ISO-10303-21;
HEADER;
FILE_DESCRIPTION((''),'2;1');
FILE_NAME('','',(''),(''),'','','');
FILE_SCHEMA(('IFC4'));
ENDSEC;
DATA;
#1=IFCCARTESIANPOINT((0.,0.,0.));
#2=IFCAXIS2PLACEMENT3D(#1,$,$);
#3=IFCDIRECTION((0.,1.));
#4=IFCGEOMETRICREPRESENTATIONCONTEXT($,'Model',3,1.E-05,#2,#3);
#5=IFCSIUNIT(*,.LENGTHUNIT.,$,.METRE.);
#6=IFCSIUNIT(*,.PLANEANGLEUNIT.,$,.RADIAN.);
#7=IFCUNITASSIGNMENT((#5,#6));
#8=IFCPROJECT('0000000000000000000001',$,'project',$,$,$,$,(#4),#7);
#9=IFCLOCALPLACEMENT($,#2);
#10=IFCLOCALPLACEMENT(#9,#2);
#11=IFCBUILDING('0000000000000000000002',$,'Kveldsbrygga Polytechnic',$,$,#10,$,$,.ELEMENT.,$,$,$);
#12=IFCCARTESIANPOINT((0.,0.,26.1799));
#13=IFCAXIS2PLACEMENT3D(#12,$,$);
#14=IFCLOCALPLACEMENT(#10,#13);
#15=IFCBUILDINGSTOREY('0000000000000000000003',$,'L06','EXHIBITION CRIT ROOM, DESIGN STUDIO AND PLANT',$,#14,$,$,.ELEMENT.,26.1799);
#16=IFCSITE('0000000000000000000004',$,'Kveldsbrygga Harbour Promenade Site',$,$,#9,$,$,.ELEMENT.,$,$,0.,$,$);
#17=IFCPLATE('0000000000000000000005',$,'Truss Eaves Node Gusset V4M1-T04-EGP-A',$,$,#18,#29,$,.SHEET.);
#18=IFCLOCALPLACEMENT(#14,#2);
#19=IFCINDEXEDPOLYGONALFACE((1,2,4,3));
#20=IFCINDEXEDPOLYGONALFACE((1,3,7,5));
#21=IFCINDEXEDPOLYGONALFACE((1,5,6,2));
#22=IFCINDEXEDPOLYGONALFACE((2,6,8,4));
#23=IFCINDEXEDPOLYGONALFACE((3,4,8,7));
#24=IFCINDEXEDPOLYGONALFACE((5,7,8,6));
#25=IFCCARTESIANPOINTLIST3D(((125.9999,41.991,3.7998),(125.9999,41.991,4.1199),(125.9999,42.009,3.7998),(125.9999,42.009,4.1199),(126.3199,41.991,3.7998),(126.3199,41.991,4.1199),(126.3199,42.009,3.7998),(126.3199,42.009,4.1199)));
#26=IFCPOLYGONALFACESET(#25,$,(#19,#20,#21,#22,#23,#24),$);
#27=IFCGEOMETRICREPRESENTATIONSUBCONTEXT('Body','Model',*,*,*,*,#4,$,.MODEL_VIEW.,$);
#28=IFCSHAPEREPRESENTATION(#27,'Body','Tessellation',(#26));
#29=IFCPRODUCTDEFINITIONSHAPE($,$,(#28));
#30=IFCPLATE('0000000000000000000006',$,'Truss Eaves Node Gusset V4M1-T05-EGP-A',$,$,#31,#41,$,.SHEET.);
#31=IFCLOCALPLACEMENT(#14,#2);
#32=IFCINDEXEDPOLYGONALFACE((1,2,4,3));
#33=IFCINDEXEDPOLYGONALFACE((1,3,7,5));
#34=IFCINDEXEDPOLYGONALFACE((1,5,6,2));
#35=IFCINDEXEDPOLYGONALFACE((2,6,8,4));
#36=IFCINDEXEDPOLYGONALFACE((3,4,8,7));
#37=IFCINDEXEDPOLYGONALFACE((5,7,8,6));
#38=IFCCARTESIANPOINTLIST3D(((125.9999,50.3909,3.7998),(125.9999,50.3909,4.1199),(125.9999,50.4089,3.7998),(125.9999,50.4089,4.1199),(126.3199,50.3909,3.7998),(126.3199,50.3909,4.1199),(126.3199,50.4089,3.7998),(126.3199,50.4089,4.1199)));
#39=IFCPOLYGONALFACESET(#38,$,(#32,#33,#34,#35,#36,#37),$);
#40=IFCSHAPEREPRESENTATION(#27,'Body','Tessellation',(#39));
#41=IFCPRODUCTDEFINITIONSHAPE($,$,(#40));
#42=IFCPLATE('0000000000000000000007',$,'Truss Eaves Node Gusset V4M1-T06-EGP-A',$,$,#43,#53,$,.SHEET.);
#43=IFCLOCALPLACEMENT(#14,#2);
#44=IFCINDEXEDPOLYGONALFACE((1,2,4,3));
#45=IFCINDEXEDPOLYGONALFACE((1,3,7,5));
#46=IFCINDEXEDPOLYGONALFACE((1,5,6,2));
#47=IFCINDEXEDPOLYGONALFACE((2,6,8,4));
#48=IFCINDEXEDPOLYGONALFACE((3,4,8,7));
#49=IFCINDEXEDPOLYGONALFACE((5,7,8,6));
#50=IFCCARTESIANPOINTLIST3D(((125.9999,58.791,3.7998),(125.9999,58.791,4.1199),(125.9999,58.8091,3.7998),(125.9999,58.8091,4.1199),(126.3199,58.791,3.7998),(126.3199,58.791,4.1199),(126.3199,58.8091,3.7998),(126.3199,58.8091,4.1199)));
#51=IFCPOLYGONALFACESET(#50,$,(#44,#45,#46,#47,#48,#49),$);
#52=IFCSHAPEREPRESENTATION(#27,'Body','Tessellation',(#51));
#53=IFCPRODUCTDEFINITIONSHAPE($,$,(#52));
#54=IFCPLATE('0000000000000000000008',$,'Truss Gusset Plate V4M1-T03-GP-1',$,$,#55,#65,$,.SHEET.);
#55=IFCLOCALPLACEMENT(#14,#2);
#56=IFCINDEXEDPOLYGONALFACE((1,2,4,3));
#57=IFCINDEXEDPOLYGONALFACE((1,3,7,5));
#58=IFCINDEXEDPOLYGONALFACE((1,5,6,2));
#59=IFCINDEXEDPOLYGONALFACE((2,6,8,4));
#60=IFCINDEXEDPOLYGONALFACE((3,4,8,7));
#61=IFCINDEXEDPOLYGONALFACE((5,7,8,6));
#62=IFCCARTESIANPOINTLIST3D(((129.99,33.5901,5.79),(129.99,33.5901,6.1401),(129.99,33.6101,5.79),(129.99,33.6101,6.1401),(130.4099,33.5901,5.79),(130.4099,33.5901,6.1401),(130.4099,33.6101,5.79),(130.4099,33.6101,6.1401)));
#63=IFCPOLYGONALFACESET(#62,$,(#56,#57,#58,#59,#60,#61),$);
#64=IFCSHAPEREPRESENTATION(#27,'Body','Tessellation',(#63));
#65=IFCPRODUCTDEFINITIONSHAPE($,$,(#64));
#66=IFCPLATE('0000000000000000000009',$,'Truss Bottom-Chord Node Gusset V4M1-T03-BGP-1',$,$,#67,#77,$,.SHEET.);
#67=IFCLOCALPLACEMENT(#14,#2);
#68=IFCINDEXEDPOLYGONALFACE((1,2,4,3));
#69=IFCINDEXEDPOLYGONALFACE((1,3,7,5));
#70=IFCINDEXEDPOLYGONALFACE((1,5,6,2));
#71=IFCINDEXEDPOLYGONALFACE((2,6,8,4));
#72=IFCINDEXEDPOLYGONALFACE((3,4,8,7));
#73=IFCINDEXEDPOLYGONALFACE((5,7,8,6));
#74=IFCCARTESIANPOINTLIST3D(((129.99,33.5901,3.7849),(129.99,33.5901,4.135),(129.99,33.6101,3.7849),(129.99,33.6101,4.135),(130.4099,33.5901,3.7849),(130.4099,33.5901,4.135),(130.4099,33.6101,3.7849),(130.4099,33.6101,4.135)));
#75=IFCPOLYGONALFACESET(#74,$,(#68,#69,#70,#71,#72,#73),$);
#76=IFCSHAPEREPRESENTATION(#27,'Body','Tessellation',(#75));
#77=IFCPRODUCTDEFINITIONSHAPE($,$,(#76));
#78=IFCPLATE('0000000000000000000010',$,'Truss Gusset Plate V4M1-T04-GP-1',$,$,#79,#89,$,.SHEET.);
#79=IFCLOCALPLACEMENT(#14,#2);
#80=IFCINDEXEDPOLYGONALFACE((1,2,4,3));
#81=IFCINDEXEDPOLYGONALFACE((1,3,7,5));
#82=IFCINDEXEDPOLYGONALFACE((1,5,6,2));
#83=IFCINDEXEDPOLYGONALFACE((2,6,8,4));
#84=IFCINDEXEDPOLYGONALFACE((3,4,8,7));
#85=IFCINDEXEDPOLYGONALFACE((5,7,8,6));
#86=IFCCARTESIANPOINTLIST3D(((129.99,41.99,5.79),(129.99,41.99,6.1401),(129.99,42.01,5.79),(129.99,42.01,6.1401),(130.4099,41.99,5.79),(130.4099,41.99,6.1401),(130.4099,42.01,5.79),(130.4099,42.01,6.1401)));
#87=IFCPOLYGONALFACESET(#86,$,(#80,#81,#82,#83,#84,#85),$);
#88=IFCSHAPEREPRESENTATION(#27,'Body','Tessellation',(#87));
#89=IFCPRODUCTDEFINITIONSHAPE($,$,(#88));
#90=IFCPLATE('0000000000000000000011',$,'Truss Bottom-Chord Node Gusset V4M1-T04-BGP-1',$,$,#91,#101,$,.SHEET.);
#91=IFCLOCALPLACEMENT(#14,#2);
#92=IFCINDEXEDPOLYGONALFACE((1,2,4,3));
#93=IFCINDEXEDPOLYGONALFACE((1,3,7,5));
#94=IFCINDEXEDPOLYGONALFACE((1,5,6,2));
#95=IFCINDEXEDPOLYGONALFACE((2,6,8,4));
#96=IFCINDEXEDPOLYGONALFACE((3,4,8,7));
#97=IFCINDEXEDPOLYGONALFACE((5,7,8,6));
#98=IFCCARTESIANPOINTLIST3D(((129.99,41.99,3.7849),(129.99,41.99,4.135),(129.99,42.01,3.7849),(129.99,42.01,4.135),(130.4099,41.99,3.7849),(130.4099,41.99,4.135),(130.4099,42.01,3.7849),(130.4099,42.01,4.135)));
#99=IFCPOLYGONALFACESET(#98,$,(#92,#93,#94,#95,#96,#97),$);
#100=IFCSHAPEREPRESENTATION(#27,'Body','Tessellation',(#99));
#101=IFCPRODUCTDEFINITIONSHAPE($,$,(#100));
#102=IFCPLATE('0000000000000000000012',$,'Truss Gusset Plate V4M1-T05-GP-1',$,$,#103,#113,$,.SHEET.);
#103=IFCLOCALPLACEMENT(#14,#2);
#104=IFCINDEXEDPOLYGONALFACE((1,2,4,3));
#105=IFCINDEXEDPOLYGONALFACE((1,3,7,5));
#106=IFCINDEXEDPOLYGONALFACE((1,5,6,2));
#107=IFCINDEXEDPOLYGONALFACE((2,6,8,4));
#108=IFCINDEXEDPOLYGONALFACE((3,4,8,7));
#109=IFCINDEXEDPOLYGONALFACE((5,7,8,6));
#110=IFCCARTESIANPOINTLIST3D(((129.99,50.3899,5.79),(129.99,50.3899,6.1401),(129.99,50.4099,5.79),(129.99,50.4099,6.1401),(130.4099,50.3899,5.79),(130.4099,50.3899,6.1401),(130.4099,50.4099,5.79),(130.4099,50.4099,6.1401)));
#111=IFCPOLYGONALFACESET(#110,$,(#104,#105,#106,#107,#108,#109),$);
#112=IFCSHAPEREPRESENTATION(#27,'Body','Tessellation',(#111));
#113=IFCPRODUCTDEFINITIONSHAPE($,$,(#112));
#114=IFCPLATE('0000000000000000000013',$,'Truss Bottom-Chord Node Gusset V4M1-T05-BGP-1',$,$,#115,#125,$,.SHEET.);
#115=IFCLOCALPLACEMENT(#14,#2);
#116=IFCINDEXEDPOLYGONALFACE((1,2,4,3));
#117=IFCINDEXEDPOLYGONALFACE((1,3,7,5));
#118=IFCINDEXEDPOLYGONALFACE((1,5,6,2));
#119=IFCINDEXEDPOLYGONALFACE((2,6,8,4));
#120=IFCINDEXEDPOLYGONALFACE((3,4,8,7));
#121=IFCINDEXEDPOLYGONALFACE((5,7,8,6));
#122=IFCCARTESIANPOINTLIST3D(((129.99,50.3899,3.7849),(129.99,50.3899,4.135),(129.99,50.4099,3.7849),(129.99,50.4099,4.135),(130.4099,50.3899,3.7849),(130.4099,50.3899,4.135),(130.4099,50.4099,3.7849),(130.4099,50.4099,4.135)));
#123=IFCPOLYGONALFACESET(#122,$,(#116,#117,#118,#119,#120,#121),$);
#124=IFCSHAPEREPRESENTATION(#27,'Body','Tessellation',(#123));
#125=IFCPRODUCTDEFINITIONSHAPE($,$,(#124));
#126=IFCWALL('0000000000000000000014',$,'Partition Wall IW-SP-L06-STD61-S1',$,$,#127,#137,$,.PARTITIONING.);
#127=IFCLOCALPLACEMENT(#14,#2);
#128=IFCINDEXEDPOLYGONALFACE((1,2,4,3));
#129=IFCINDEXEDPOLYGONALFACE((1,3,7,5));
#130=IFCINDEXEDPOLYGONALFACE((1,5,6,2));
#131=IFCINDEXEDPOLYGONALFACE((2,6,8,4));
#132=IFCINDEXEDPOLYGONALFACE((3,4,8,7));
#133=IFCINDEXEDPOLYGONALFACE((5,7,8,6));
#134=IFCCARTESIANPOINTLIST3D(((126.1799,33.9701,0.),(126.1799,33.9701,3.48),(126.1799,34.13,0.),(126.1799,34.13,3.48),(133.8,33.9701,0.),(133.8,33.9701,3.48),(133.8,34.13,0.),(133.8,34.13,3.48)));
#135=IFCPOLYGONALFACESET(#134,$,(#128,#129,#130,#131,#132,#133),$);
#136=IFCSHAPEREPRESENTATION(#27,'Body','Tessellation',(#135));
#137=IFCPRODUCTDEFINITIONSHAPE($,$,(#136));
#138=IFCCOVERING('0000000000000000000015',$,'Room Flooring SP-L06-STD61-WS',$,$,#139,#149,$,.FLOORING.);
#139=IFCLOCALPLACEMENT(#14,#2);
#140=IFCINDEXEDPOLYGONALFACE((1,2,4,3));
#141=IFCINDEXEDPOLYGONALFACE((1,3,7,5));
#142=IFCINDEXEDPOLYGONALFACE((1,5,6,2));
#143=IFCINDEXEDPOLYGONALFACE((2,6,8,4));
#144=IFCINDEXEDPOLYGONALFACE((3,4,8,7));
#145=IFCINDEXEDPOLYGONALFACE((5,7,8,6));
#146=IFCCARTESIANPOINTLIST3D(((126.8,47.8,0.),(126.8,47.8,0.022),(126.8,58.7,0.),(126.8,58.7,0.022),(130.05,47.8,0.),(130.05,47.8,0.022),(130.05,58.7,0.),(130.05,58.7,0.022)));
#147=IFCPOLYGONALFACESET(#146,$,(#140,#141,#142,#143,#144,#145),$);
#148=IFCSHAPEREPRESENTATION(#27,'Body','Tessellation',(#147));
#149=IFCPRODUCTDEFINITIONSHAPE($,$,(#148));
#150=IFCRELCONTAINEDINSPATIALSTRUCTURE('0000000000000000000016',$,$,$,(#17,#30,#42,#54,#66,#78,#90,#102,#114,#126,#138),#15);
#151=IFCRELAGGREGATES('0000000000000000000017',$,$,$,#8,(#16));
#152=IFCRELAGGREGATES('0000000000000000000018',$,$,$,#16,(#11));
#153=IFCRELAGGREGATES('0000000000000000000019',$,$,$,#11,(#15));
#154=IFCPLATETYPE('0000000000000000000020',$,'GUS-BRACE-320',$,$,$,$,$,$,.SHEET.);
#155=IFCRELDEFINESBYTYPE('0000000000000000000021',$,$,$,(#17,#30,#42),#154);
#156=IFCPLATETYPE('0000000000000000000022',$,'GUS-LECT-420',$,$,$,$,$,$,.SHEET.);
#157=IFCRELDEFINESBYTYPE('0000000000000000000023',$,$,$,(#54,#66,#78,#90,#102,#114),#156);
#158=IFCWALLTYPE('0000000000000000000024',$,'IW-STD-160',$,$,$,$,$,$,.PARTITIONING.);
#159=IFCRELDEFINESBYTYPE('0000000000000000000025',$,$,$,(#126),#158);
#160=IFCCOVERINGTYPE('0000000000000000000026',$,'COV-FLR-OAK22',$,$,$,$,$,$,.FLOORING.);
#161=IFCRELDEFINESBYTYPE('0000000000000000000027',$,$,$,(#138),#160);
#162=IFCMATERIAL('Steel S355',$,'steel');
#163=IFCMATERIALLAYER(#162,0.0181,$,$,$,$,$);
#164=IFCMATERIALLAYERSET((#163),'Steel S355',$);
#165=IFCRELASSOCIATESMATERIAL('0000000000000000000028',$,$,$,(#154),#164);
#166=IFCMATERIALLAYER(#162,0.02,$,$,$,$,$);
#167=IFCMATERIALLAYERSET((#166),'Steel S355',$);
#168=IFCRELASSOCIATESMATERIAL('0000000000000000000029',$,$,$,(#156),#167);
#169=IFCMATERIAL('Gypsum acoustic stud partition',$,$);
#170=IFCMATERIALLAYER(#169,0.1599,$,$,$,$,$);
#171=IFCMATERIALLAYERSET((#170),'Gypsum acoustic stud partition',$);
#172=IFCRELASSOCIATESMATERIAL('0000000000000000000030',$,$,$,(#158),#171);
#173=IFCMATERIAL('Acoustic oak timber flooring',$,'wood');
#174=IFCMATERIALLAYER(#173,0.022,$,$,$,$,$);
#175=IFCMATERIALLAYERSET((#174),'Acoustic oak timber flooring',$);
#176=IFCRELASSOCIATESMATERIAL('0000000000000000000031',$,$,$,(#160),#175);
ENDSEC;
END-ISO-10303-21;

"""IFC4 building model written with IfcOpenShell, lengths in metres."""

from ifc_helpers import new_model, si_unit, direction, frame, frame_2d, origin, origin_2d, place, context, subcontext, project, spatial, rectangle, extrude, material, layer, layer_set, type_object, element, save


model = new_model("IFC4")

# Units and contexts
model_context = context("Model", 3, precision=1e-05, world=origin(), true_north=direction((0.0, 1.0)))
body_context = subcontext(model_context, "Body", "Model", "MODEL_VIEW")
ifc_project = project(units=[si_unit("LENGTHUNIT", "METRE"), si_unit("PLANEANGLEUNIT", "RADIAN")], contexts=[model_context])

# Site, building, storey
site_placement = place(None, origin())
site = spatial("IfcSite", under=ifc_project, at=site_placement, Name="Kveldsbrygga Harbour Promenade Site", CompositionType="ELEMENT", RefElevation=0.0)
building_placement = place(site_placement, origin())
building = spatial("IfcBuilding", under=site, at=building_placement, Name="Kveldsbrygga Polytechnic", CompositionType="ELEMENT")
storey_placement = place(building_placement, frame((0.0, 0.0, 26.1799)))
storey = spatial("IfcBuildingStorey", under=building, at=storey_placement, Name="L06", Description="EXHIBITION CRIT ROOM, DESIGN STUDIO AND PLANT", CompositionType="ELEMENT", Elevation=26.1799)

# Shared definitions
ifc_material_1 = material(Name="Steel S355", Category="steel")

# Plates
ifc_layer_1 = layer(ifc_material_1, 0.0181)
ifc_layer_set_1 = layer_set([ifc_layer_1], Name="Steel S355")
plate_type_1 = type_object("IfcPlateType", Name="GUS-BRACE-320", PredefinedType="SHEET", material=ifc_layer_set_1)
for number, where, z_axis, x_axis, name in (
    (1, (126.1599, 42.0, 3.7998), (0.0, 0.0, 1.0), (1.0, 0.0, 0.0), "Truss Eaves Node Gusset V4M1-T04-EGP-A"),
    (2, (126.1599, 50.3999, 3.7998), (0.0, 0.0, 1.0), (1.0, 0.0, 0.0), "Truss Eaves Node Gusset V4M1-T05-EGP-A"),
    (3, (126.1599, 58.8, 3.7998), (0.0, 0.0, 1.0), (1.0, 0.0, 0.0), "Truss Eaves Node Gusset V4M1-T06-EGP-A"),
):
    element("IfcPlate", number, at=place(storey_placement, frame(where, z_axis=z_axis, x_axis=x_axis)), inside=storey, type_object=plate_type_1, Name=name, PredefinedType="SHEET", context=body_context, shape_type="SweptSolid", body=[
        extrude(rectangle(XDim=0.3201, YDim=0.0181, at=origin_2d()), origin(), (0.0, 0.0, 1.0), 0.3201),
    ])
ifc_layer_2 = layer(ifc_material_1, 0.02)
ifc_layer_set_2 = layer_set([ifc_layer_2], Name="Steel S355")
plate_type_2 = type_object("IfcPlateType", Name="GUS-LECT-420", PredefinedType="SHEET", material=ifc_layer_set_2)
for number, where, z_axis, x_axis, name in (
    (4, (130.2, 33.6001, 5.79), (0.0, 0.0, 1.0), (1.0, 0.0, 0.0), "Truss Gusset Plate V4M1-T03-GP-1"),
    (5, (130.2, 33.6001, 3.7849), (0.0, 0.0, 1.0), (1.0, 0.0, 0.0), "Truss Bottom-Chord Node Gusset V4M1-T03-BGP-1"),
    (6, (130.2, 42.0, 5.79), (0.0, 0.0, 1.0), (1.0, 0.0, 0.0), "Truss Gusset Plate V4M1-T04-GP-1"),
    (7, (130.2, 42.0, 3.7849), (0.0, 0.0, 1.0), (1.0, 0.0, 0.0), "Truss Bottom-Chord Node Gusset V4M1-T04-BGP-1"),
    (8, (130.2, 50.3999, 5.79), (0.0, 0.0, 1.0), (1.0, 0.0, 0.0), "Truss Gusset Plate V4M1-T05-GP-1"),
    (9, (130.2, 50.3999, 3.7849), (0.0, 0.0, 1.0), (1.0, 0.0, 0.0), "Truss Bottom-Chord Node Gusset V4M1-T05-BGP-1"),
):
    element("IfcPlate", number, at=place(storey_placement, frame(where, z_axis=z_axis, x_axis=x_axis)), inside=storey, type_object=plate_type_2, Name=name, PredefinedType="SHEET", context=body_context, shape_type="SweptSolid", body=[
        extrude(rectangle(XDim=0.4199, YDim=0.02, at=origin_2d()), origin(), (0.0, 0.0, 1.0), 0.3501),
    ])

# Wall
ifc_material_2 = material(Name="Gypsum acoustic stud partition")
ifc_layer_3 = layer(ifc_material_2, 0.1599)
ifc_layer_set_3 = layer_set([ifc_layer_3], Name="Gypsum acoustic stud partition")
wall_type = type_object("IfcWallType", Name="IW-STD-160", PredefinedType="PARTITIONING", material=ifc_layer_set_3)
wall_placement = place(storey_placement, frame((126.1799, 34.05, 0.0), z_axis=(0.0, 0.0, 1.0), x_axis=(1.0, 0.0, 0.0)))
element("IfcWall", 10, at=wall_placement, inside=storey, type_object=wall_type, Name="Partition Wall IW-SP-L06-STD61-S1", PredefinedType="PARTITIONING", context=body_context, shape_type="SweptSolid", body=[
    extrude(rectangle(XDim=7.6201, YDim=0.1599, at=frame_2d((3.8101, 0.0))), origin(), (0.0, 0.0, 1.0), 3.48),
])

# Covering
ifc_material_3 = material(Name="Acoustic oak timber flooring", Category="wood")
ifc_layer_4 = layer(ifc_material_3, 0.022)
ifc_layer_set_4 = layer_set([ifc_layer_4], Name="Acoustic oak timber flooring")
covering_type = type_object("IfcCoveringType", Name="COV-FLR-OAK22", PredefinedType="FLOORING", material=ifc_layer_set_4)
covering_placement = place(storey_placement, frame((128.425, 53.25, 0.0), z_axis=(0.0, 0.0, 1.0), x_axis=(1.0, 0.0, 0.0)))
element("IfcCovering", 11, at=covering_placement, inside=storey, type_object=covering_type, Name="Room Flooring SP-L06-STD61-WS", PredefinedType="FLOORING", context=body_context, shape_type="SweptSolid", body=[
    extrude(rectangle(XDim=3.25, YDim=10.8999, at=origin_2d()), origin(), (0.0, 0.0, 1.0), 0.022),
])

save(model, "model.ifc")
